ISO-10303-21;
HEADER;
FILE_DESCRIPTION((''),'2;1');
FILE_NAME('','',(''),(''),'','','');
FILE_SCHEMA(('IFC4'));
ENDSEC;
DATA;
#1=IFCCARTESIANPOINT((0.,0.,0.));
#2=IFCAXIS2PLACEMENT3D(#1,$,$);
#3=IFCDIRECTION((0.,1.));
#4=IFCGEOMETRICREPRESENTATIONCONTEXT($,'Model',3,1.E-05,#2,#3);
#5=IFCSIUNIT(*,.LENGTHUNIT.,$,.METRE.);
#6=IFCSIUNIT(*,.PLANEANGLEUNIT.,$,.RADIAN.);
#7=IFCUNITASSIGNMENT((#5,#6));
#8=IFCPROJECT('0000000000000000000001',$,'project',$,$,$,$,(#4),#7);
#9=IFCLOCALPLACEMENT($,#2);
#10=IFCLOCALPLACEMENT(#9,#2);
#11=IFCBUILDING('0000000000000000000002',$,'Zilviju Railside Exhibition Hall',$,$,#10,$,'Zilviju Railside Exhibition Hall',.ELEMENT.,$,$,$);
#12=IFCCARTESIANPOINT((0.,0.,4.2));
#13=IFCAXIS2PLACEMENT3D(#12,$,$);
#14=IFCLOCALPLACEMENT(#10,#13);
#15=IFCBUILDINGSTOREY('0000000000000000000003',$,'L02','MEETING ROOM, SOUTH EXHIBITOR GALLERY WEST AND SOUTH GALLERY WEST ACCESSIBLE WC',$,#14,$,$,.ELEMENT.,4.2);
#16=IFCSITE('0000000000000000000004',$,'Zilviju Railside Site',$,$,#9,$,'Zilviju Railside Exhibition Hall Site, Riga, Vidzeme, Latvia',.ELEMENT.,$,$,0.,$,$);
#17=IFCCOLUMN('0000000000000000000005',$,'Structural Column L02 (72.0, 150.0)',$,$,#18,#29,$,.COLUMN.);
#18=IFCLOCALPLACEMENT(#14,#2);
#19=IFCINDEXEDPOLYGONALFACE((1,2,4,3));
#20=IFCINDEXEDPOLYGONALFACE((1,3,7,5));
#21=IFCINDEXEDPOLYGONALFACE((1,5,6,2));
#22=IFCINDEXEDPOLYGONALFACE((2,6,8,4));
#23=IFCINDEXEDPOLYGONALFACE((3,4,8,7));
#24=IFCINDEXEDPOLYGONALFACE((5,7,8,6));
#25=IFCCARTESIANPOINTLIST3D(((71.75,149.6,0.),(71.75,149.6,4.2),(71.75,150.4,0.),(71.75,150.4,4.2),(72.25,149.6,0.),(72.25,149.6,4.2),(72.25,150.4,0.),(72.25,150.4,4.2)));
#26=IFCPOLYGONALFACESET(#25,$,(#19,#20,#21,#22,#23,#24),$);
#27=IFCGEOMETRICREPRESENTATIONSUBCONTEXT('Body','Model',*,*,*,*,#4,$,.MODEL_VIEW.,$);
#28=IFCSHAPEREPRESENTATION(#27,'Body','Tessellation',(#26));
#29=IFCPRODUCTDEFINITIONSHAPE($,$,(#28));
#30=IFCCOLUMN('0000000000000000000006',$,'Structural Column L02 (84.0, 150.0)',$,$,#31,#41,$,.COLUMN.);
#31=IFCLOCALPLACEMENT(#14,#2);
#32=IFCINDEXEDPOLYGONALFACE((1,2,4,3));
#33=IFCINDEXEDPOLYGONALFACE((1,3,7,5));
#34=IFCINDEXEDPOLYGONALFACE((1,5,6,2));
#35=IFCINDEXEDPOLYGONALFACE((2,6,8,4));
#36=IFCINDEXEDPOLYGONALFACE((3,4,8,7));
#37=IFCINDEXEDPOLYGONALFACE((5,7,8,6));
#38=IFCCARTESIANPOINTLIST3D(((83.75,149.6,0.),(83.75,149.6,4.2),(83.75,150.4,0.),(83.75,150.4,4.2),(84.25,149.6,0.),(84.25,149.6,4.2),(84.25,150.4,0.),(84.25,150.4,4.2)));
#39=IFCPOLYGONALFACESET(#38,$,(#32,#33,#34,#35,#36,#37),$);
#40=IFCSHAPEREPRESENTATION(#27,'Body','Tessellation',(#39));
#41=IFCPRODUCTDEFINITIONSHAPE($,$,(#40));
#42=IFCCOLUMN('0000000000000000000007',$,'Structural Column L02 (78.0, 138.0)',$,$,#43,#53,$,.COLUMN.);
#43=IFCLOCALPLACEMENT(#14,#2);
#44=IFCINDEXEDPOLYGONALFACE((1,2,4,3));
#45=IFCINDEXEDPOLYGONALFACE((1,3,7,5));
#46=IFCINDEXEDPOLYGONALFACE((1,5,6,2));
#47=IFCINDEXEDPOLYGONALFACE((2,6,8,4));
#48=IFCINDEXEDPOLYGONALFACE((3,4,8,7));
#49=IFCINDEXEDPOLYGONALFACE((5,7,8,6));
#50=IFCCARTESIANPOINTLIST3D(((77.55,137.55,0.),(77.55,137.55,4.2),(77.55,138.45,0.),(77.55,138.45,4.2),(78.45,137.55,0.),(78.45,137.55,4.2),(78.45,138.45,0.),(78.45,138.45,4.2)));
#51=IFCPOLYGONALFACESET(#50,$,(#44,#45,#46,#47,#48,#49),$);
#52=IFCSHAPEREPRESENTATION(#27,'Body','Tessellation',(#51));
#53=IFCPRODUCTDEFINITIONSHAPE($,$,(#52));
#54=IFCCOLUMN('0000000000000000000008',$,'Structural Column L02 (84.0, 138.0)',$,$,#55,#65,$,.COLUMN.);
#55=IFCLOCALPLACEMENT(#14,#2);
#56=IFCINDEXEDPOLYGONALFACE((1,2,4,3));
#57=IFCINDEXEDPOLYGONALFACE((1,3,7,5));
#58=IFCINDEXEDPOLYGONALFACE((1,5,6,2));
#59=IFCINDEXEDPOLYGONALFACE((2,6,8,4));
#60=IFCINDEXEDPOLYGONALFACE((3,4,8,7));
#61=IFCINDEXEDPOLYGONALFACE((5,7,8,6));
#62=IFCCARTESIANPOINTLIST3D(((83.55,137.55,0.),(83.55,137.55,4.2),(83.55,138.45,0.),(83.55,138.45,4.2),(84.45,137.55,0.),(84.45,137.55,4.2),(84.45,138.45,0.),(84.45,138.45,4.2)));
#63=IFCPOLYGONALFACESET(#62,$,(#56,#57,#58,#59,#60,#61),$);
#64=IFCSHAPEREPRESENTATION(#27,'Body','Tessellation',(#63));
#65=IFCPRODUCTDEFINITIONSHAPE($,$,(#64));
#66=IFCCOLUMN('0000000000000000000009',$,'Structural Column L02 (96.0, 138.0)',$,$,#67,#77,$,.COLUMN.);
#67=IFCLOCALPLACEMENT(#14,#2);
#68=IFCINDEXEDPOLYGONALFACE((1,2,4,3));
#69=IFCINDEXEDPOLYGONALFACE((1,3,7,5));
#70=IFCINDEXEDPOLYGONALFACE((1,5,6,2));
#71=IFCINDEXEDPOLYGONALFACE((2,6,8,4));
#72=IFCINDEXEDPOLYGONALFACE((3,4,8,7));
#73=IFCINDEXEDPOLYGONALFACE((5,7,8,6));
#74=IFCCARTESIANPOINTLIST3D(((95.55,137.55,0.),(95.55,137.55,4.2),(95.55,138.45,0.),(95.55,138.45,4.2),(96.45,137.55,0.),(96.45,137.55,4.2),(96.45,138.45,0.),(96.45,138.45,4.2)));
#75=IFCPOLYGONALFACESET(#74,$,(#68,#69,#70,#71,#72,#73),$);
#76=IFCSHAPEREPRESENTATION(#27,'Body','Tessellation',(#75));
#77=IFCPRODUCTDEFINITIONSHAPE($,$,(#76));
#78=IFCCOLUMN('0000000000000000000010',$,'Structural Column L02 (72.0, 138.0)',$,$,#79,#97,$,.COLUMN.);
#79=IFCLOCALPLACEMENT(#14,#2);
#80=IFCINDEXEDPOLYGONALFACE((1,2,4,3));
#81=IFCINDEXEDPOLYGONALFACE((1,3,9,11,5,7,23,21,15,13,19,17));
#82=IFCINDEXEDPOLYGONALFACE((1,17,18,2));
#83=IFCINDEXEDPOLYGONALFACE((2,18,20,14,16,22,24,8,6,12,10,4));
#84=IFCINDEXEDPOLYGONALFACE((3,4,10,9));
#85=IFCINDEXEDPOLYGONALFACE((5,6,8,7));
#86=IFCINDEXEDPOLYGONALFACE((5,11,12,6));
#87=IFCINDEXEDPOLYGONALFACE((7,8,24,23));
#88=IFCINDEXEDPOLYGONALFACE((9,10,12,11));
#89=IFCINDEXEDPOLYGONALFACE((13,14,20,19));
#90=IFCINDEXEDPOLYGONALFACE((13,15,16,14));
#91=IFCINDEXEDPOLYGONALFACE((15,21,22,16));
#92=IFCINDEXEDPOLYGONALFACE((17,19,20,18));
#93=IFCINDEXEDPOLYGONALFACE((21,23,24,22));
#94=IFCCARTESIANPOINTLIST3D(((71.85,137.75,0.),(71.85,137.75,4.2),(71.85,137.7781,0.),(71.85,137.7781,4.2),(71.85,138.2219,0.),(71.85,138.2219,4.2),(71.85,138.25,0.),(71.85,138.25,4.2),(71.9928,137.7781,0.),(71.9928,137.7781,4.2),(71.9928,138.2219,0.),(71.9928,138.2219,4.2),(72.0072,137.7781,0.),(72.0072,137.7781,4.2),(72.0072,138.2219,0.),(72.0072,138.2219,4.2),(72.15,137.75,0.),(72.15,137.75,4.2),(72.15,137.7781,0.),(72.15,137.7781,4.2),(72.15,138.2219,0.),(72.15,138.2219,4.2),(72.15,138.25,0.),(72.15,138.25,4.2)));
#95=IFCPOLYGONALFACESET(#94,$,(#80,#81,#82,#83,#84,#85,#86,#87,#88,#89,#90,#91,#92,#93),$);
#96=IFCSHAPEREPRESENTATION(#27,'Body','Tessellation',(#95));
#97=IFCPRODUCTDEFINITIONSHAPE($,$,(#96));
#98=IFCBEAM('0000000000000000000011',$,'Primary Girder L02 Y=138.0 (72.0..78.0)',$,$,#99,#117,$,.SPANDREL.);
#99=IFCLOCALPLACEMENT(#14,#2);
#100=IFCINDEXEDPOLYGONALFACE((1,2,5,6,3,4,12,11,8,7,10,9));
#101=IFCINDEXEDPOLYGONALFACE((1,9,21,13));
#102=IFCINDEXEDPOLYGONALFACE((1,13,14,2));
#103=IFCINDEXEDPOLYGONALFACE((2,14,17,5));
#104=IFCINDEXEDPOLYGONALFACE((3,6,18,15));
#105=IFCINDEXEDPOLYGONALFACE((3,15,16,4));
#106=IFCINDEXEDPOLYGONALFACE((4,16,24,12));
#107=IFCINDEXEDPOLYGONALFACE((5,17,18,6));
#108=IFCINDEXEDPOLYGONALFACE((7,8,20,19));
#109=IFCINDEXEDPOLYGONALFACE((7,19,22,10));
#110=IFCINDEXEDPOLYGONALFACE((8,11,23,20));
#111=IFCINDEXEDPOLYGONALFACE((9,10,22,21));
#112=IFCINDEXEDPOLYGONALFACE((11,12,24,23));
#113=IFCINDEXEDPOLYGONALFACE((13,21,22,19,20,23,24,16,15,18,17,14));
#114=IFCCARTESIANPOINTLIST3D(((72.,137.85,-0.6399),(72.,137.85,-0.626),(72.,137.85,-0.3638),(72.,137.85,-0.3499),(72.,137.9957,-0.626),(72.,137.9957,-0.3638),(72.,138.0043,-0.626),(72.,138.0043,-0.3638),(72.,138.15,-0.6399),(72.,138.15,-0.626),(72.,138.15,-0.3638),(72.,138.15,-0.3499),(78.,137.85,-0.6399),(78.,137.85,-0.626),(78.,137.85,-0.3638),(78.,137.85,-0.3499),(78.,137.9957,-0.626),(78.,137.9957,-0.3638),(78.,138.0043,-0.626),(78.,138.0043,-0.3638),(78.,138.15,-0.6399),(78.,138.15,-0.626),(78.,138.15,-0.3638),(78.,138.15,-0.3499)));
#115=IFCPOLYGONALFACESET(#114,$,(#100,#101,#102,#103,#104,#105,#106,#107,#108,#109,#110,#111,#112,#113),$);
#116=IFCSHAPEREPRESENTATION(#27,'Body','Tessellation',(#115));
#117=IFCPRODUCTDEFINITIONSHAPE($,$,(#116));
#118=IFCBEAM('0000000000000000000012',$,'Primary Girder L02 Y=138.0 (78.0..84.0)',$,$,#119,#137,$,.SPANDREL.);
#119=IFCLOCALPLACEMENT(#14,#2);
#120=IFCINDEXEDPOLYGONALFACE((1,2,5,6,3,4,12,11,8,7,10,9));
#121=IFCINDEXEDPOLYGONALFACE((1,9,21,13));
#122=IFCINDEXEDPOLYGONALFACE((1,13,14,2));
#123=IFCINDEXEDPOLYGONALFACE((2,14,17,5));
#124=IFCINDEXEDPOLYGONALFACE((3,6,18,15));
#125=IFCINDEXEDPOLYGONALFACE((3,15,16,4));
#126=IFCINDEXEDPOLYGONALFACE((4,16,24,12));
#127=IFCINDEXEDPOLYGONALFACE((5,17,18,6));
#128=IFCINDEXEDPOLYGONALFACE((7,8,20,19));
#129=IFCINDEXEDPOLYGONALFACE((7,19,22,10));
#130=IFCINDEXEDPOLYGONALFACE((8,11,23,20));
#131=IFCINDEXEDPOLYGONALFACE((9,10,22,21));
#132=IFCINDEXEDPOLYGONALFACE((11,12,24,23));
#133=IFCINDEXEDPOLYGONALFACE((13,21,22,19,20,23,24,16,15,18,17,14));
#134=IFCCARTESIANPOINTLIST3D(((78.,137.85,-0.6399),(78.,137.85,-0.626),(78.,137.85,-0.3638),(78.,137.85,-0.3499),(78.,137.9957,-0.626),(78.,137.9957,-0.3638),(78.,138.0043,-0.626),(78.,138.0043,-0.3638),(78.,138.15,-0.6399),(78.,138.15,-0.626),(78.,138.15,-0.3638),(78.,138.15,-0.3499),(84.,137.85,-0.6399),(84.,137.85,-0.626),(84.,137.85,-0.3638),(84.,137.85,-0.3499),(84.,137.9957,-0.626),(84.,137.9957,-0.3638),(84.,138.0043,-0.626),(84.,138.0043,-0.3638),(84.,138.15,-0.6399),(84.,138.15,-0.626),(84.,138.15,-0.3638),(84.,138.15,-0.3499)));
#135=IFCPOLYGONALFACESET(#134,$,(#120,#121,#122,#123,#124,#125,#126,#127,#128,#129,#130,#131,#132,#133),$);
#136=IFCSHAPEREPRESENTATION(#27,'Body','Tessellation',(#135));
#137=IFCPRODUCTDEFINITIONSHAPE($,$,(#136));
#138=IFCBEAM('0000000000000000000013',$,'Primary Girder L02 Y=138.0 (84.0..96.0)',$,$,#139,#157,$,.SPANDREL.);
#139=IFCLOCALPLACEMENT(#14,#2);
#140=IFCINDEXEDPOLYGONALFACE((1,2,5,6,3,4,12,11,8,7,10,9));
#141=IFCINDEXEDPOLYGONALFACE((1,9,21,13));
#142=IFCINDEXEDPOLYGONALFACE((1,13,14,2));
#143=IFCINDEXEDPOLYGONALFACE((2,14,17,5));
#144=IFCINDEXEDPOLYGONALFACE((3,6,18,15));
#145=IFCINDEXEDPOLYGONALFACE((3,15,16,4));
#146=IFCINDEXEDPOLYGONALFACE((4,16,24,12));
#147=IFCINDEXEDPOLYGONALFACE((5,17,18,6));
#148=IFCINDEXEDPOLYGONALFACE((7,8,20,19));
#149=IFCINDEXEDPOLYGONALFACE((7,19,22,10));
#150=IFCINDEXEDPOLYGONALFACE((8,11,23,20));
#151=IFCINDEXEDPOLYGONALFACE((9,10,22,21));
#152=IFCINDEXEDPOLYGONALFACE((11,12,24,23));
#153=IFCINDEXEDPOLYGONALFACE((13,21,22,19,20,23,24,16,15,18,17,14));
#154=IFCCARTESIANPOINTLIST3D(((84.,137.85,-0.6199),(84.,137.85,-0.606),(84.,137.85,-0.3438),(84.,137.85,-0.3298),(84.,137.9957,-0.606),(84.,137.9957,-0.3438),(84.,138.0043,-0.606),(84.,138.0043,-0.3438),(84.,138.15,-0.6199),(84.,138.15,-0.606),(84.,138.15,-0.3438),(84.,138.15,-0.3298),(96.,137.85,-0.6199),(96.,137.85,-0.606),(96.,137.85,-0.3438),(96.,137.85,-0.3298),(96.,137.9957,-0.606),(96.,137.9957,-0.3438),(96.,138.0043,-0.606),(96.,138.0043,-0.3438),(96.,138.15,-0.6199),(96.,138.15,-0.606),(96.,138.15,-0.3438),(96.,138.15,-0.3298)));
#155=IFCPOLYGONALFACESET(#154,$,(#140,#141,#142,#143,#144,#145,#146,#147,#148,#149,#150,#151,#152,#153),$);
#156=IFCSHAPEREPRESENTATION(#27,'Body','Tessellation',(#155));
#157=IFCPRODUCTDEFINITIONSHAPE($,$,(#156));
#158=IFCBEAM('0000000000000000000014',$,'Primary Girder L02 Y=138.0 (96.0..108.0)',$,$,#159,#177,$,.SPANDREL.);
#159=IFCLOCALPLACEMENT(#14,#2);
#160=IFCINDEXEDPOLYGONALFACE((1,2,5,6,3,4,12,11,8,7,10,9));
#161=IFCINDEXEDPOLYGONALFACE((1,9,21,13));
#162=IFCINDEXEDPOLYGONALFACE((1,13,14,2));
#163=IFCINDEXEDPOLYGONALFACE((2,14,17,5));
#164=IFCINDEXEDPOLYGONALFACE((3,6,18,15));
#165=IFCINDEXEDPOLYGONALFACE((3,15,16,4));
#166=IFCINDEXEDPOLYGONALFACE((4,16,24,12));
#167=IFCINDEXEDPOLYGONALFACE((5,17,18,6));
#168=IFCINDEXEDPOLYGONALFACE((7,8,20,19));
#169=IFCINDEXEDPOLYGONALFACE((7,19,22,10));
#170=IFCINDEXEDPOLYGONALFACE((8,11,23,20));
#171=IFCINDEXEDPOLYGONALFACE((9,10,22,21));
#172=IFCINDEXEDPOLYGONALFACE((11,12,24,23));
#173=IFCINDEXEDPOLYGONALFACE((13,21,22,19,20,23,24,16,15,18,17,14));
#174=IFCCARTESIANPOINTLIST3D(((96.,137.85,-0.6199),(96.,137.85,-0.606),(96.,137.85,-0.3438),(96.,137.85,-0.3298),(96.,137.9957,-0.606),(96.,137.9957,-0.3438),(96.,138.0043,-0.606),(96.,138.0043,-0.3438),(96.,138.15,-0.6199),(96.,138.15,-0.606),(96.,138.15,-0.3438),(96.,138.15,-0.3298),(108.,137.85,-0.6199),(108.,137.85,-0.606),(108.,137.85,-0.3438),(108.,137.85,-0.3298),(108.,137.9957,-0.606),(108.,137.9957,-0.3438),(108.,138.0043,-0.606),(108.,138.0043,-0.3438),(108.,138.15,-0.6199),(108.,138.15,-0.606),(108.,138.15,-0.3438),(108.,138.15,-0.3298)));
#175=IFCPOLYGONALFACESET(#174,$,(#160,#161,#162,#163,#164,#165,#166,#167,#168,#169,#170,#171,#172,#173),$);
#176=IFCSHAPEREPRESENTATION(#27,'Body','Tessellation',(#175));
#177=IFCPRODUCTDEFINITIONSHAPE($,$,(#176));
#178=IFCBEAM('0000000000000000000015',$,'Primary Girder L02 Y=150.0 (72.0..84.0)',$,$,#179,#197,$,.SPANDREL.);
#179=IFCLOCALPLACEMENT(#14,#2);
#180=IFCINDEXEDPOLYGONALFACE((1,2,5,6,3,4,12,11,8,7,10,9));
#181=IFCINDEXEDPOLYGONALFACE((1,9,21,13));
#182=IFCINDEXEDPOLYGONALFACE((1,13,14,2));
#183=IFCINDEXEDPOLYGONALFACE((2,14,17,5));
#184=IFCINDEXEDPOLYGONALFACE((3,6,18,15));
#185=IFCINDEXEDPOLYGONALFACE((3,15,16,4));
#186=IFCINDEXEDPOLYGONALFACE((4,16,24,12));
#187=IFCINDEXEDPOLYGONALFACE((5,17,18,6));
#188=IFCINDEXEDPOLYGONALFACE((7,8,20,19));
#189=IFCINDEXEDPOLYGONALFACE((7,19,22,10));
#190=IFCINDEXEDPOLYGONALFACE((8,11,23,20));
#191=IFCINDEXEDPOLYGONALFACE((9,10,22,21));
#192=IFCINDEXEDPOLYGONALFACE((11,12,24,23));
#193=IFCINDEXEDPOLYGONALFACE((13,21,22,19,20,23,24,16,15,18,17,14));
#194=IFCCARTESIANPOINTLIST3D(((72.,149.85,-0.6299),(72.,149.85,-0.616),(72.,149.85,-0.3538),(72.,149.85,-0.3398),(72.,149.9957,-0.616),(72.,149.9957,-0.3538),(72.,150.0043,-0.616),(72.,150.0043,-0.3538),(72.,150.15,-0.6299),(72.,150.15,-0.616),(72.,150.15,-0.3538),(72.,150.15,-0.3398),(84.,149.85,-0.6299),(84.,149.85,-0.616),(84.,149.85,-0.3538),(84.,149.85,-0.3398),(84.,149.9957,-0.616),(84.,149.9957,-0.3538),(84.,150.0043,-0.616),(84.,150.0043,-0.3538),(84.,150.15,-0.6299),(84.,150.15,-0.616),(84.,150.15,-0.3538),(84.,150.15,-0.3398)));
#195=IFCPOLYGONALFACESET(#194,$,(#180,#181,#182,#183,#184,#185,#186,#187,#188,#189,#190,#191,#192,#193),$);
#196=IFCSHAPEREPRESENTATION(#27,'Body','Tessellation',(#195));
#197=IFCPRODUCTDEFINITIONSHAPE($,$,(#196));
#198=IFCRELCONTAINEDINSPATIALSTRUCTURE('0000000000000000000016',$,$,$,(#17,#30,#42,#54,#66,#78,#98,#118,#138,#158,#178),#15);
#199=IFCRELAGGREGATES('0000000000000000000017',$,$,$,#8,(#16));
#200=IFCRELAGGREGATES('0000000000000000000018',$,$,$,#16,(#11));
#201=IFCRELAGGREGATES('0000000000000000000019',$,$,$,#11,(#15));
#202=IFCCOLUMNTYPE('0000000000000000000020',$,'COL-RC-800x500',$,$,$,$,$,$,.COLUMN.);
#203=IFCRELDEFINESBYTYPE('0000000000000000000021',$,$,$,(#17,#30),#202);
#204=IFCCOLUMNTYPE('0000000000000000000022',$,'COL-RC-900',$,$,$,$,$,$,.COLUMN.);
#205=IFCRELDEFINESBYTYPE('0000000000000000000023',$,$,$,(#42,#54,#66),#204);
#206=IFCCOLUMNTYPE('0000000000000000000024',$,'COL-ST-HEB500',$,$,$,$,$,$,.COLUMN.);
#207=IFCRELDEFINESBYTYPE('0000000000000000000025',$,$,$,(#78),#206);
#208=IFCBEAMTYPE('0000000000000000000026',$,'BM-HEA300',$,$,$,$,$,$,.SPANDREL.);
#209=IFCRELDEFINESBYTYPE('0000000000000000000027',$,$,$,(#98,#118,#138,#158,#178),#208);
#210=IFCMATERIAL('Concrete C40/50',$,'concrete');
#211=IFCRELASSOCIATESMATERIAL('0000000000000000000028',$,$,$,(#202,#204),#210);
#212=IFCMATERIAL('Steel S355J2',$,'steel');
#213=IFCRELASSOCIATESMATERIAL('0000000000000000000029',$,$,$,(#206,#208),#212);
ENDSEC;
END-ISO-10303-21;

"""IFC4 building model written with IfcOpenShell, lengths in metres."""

from ifc_helpers import new_model, si_unit, direction, frame, origin, origin_2d, place, context, subcontext, project, spatial, rectangle, i_section, extrude, material, material_profile, profile_set, type_object, element, save


model = new_model("IFC4")

# Units and contexts
model_context = context("Model", 3, precision=1e-05, world=origin(), true_north=direction((0.0, 1.0)))
body_context = subcontext(model_context, "Body", "Model", "MODEL_VIEW")
ifc_project = project(units=[si_unit("LENGTHUNIT", "METRE"), si_unit("PLANEANGLEUNIT", "RADIAN")], contexts=[model_context])

# Site, building, storey
site_placement = place(None, origin())
site = spatial("IfcSite", under=ifc_project, at=site_placement, Name="Zilviju Railside Site", LongName="Zilviju Railside Exhibition Hall Site, Riga, Vidzeme, Latvia", CompositionType="ELEMENT", RefElevation=0.0)
building_placement = place(site_placement, origin())
building = spatial("IfcBuilding", under=site, at=building_placement, Name="Zilviju Railside Exhibition Hall", LongName="Zilviju Railside Exhibition Hall", CompositionType="ELEMENT")
storey_placement = place(building_placement, frame((0.0, 0.0, 4.2)))
storey = spatial("IfcBuildingStorey", under=building, at=storey_placement, Name="L02", Description="MEETING ROOM, SOUTH EXHIBITOR GALLERY WEST AND SOUTH GALLERY WEST ACCESSIBLE WC", CompositionType="ELEMENT", Elevation=4.2)

# Columns
ifc_material_1 = material(Name="Concrete C40/50", Category="concrete")
ifc_material_profile_1 = material_profile(ifc_material_1, rectangle(XDim=0.5, YDim=0.8, at=origin_2d()), Name="RC COL 500x800")
ifc_profile_set_1 = profile_set([ifc_material_profile_1], Name="Concrete C40/50")
column_type_1 = type_object("IfcColumnType", Name="COL-RC-800x500", PredefinedType="COLUMN", material=ifc_profile_set_1)
for number, where, z_axis, x_axis, name in (
    (1, (72.0, 150.0, 0.0), (0.0, 0.0, 1.0), (1.0, 0.0, 0.0), "Structural Column L02 (72.0, 150.0)"),
    (2, (84.0, 150.0, 0.0), (0.0, 0.0, 1.0), (1.0, 0.0, 0.0), "Structural Column L02 (84.0, 150.0)"),
):
    element("IfcColumn", number, at=place(storey_placement, frame(where, z_axis=z_axis, x_axis=x_axis)), inside=storey, type_object=column_type_1, Name=name, PredefinedType="COLUMN", context=body_context, shape_type="SweptSolid", body=[
        extrude(rectangle(XDim=0.5, YDim=0.8, at=origin_2d()), origin(), (0.0, 0.0, 1.0), 4.2),
    ])
ifc_material_profile_2 = material_profile(ifc_material_1, rectangle(XDim=0.8999, YDim=0.8999, at=origin_2d()), Name="RC COL 900x900")
ifc_profile_set_2 = profile_set([ifc_material_profile_2], Name="Concrete C40/50")
column_type_2 = type_object("IfcColumnType", Name="COL-RC-900", PredefinedType="COLUMN", material=ifc_profile_set_2)
for number, where, z_axis, x_axis, name in (
    (3, (78.0, 138.0, 0.0), (0.0, 0.0, 1.0), (1.0, 0.0, 0.0), "Structural Column L02 (78.0, 138.0)"),
    (4, (84.0, 138.0, 0.0), (0.0, 0.0, 1.0), (1.0, 0.0, 0.0), "Structural Column L02 (84.0, 138.0)"),
    (5, (96.0, 138.0, 0.0), (0.0, 0.0, 1.0), (1.0, 0.0, 0.0), "Structural Column L02 (96.0, 138.0)"),
):
    element("IfcColumn", number, at=place(storey_placement, frame(where, z_axis=z_axis, x_axis=x_axis)), inside=storey, type_object=column_type_2, Name=name, PredefinedType="COLUMN", context=body_context, shape_type="SweptSolid", body=[
        extrude(rectangle(XDim=0.8999, YDim=0.8999, at=origin_2d()), origin(), (0.0, 0.0, 1.0), 4.2),
    ])
ifc_material_2 = material(Name="Steel S355J2", Category="steel")
ifc_material_profile_3 = material_profile(ifc_material_2, i_section(OverallWidth=0.3, OverallDepth=0.5, WebThickness=0.0144, FlangeThickness=0.0281, at=origin_2d()), Name="HEB 500")
ifc_profile_set_3 = profile_set([ifc_material_profile_3], Name="Steel S355J2")
column_type_3 = type_object("IfcColumnType", Name="COL-ST-HEB500", PredefinedType="COLUMN", material=ifc_profile_set_3)
column_placement = place(storey_placement, frame((72.0, 138.0, 0.0), z_axis=(0.0, 0.0, 1.0), x_axis=(1.0, 0.0, 0.0)))
element("IfcColumn", 6, at=column_placement, inside=storey, type_object=column_type_3, Name="Structural Column L02 (72.0, 138.0)", PredefinedType="COLUMN", context=body_context, shape_type="SweptSolid", body=[
    extrude(i_section(OverallWidth=0.3, OverallDepth=0.5, WebThickness=0.0144, FlangeThickness=0.0281, at=origin_2d()), origin(), (0.0, 0.0, 1.0), 4.2),
])

# Beams
ifc_material_profile_4 = material_profile(ifc_material_2, i_section(OverallWidth=0.3, OverallDepth=0.29, WebThickness=0.0085, FlangeThickness=0.0139, at=origin_2d()), Name="HEA 300")
ifc_profile_set_4 = profile_set([ifc_material_profile_4], Name="Steel S355J2")
beam_type_1 = type_object("IfcBeamType", Name="BM-HEA300", PredefinedType="SPANDREL", material=ifc_profile_set_4)
for number, where, z_axis, x_axis, name in (
    (7, (72.0, 138.0, -0.4949), (1.0, 0.0, 0.0), (0.0, 1.0, 0.0), "Primary Girder L02 Y=138.0 (72.0..78.0)"),
    (8, (78.0, 138.0, -0.4949), (1.0, 0.0, 0.0), (0.0, 1.0, 0.0), "Primary Girder L02 Y=138.0 (78.0..84.0)"),
):
    element("IfcBeam", number, at=place(storey_placement, frame(where, z_axis=z_axis, x_axis=x_axis)), inside=storey, type_object=beam_type_1, Name=name, PredefinedType="SPANDREL", context=body_context, shape_type="SweptSolid", body=[
        extrude(i_section(OverallWidth=0.3, OverallDepth=0.29, WebThickness=0.0085, FlangeThickness=0.0139, at=origin_2d()), origin(), (0.0, 0.0, 1.0), 6.0),
    ])
for number, where, z_axis, x_axis, name in (
    (9, (84.0, 138.0, -0.4749), (1.0, 0.0, 0.0), (0.0, 1.0, 0.0), "Primary Girder L02 Y=138.0 (84.0..96.0)"),
    (10, (96.0, 138.0, -0.4749), (1.0, 0.0, 0.0), (0.0, 1.0, 0.0), "Primary Girder L02 Y=138.0 (96.0..108.0)"),
    (11, (72.0, 150.0, -0.4849), (1.0, 0.0, 0.0), (0.0, 1.0, 0.0), "Primary Girder L02 Y=150.0 (72.0..84.0)"),
):
    element("IfcBeam", number, at=place(storey_placement, frame(where, z_axis=z_axis, x_axis=x_axis)), inside=storey, type_object=beam_type_1, Name=name, PredefinedType="SPANDREL", context=body_context, shape_type="SweptSolid", body=[
        extrude(i_section(OverallWidth=0.3, OverallDepth=0.29, WebThickness=0.0085, FlangeThickness=0.0139, at=origin_2d()), origin(), (0.0, 0.0, 1.0), 12.0),
    ])

save(model, "model.ifc")
